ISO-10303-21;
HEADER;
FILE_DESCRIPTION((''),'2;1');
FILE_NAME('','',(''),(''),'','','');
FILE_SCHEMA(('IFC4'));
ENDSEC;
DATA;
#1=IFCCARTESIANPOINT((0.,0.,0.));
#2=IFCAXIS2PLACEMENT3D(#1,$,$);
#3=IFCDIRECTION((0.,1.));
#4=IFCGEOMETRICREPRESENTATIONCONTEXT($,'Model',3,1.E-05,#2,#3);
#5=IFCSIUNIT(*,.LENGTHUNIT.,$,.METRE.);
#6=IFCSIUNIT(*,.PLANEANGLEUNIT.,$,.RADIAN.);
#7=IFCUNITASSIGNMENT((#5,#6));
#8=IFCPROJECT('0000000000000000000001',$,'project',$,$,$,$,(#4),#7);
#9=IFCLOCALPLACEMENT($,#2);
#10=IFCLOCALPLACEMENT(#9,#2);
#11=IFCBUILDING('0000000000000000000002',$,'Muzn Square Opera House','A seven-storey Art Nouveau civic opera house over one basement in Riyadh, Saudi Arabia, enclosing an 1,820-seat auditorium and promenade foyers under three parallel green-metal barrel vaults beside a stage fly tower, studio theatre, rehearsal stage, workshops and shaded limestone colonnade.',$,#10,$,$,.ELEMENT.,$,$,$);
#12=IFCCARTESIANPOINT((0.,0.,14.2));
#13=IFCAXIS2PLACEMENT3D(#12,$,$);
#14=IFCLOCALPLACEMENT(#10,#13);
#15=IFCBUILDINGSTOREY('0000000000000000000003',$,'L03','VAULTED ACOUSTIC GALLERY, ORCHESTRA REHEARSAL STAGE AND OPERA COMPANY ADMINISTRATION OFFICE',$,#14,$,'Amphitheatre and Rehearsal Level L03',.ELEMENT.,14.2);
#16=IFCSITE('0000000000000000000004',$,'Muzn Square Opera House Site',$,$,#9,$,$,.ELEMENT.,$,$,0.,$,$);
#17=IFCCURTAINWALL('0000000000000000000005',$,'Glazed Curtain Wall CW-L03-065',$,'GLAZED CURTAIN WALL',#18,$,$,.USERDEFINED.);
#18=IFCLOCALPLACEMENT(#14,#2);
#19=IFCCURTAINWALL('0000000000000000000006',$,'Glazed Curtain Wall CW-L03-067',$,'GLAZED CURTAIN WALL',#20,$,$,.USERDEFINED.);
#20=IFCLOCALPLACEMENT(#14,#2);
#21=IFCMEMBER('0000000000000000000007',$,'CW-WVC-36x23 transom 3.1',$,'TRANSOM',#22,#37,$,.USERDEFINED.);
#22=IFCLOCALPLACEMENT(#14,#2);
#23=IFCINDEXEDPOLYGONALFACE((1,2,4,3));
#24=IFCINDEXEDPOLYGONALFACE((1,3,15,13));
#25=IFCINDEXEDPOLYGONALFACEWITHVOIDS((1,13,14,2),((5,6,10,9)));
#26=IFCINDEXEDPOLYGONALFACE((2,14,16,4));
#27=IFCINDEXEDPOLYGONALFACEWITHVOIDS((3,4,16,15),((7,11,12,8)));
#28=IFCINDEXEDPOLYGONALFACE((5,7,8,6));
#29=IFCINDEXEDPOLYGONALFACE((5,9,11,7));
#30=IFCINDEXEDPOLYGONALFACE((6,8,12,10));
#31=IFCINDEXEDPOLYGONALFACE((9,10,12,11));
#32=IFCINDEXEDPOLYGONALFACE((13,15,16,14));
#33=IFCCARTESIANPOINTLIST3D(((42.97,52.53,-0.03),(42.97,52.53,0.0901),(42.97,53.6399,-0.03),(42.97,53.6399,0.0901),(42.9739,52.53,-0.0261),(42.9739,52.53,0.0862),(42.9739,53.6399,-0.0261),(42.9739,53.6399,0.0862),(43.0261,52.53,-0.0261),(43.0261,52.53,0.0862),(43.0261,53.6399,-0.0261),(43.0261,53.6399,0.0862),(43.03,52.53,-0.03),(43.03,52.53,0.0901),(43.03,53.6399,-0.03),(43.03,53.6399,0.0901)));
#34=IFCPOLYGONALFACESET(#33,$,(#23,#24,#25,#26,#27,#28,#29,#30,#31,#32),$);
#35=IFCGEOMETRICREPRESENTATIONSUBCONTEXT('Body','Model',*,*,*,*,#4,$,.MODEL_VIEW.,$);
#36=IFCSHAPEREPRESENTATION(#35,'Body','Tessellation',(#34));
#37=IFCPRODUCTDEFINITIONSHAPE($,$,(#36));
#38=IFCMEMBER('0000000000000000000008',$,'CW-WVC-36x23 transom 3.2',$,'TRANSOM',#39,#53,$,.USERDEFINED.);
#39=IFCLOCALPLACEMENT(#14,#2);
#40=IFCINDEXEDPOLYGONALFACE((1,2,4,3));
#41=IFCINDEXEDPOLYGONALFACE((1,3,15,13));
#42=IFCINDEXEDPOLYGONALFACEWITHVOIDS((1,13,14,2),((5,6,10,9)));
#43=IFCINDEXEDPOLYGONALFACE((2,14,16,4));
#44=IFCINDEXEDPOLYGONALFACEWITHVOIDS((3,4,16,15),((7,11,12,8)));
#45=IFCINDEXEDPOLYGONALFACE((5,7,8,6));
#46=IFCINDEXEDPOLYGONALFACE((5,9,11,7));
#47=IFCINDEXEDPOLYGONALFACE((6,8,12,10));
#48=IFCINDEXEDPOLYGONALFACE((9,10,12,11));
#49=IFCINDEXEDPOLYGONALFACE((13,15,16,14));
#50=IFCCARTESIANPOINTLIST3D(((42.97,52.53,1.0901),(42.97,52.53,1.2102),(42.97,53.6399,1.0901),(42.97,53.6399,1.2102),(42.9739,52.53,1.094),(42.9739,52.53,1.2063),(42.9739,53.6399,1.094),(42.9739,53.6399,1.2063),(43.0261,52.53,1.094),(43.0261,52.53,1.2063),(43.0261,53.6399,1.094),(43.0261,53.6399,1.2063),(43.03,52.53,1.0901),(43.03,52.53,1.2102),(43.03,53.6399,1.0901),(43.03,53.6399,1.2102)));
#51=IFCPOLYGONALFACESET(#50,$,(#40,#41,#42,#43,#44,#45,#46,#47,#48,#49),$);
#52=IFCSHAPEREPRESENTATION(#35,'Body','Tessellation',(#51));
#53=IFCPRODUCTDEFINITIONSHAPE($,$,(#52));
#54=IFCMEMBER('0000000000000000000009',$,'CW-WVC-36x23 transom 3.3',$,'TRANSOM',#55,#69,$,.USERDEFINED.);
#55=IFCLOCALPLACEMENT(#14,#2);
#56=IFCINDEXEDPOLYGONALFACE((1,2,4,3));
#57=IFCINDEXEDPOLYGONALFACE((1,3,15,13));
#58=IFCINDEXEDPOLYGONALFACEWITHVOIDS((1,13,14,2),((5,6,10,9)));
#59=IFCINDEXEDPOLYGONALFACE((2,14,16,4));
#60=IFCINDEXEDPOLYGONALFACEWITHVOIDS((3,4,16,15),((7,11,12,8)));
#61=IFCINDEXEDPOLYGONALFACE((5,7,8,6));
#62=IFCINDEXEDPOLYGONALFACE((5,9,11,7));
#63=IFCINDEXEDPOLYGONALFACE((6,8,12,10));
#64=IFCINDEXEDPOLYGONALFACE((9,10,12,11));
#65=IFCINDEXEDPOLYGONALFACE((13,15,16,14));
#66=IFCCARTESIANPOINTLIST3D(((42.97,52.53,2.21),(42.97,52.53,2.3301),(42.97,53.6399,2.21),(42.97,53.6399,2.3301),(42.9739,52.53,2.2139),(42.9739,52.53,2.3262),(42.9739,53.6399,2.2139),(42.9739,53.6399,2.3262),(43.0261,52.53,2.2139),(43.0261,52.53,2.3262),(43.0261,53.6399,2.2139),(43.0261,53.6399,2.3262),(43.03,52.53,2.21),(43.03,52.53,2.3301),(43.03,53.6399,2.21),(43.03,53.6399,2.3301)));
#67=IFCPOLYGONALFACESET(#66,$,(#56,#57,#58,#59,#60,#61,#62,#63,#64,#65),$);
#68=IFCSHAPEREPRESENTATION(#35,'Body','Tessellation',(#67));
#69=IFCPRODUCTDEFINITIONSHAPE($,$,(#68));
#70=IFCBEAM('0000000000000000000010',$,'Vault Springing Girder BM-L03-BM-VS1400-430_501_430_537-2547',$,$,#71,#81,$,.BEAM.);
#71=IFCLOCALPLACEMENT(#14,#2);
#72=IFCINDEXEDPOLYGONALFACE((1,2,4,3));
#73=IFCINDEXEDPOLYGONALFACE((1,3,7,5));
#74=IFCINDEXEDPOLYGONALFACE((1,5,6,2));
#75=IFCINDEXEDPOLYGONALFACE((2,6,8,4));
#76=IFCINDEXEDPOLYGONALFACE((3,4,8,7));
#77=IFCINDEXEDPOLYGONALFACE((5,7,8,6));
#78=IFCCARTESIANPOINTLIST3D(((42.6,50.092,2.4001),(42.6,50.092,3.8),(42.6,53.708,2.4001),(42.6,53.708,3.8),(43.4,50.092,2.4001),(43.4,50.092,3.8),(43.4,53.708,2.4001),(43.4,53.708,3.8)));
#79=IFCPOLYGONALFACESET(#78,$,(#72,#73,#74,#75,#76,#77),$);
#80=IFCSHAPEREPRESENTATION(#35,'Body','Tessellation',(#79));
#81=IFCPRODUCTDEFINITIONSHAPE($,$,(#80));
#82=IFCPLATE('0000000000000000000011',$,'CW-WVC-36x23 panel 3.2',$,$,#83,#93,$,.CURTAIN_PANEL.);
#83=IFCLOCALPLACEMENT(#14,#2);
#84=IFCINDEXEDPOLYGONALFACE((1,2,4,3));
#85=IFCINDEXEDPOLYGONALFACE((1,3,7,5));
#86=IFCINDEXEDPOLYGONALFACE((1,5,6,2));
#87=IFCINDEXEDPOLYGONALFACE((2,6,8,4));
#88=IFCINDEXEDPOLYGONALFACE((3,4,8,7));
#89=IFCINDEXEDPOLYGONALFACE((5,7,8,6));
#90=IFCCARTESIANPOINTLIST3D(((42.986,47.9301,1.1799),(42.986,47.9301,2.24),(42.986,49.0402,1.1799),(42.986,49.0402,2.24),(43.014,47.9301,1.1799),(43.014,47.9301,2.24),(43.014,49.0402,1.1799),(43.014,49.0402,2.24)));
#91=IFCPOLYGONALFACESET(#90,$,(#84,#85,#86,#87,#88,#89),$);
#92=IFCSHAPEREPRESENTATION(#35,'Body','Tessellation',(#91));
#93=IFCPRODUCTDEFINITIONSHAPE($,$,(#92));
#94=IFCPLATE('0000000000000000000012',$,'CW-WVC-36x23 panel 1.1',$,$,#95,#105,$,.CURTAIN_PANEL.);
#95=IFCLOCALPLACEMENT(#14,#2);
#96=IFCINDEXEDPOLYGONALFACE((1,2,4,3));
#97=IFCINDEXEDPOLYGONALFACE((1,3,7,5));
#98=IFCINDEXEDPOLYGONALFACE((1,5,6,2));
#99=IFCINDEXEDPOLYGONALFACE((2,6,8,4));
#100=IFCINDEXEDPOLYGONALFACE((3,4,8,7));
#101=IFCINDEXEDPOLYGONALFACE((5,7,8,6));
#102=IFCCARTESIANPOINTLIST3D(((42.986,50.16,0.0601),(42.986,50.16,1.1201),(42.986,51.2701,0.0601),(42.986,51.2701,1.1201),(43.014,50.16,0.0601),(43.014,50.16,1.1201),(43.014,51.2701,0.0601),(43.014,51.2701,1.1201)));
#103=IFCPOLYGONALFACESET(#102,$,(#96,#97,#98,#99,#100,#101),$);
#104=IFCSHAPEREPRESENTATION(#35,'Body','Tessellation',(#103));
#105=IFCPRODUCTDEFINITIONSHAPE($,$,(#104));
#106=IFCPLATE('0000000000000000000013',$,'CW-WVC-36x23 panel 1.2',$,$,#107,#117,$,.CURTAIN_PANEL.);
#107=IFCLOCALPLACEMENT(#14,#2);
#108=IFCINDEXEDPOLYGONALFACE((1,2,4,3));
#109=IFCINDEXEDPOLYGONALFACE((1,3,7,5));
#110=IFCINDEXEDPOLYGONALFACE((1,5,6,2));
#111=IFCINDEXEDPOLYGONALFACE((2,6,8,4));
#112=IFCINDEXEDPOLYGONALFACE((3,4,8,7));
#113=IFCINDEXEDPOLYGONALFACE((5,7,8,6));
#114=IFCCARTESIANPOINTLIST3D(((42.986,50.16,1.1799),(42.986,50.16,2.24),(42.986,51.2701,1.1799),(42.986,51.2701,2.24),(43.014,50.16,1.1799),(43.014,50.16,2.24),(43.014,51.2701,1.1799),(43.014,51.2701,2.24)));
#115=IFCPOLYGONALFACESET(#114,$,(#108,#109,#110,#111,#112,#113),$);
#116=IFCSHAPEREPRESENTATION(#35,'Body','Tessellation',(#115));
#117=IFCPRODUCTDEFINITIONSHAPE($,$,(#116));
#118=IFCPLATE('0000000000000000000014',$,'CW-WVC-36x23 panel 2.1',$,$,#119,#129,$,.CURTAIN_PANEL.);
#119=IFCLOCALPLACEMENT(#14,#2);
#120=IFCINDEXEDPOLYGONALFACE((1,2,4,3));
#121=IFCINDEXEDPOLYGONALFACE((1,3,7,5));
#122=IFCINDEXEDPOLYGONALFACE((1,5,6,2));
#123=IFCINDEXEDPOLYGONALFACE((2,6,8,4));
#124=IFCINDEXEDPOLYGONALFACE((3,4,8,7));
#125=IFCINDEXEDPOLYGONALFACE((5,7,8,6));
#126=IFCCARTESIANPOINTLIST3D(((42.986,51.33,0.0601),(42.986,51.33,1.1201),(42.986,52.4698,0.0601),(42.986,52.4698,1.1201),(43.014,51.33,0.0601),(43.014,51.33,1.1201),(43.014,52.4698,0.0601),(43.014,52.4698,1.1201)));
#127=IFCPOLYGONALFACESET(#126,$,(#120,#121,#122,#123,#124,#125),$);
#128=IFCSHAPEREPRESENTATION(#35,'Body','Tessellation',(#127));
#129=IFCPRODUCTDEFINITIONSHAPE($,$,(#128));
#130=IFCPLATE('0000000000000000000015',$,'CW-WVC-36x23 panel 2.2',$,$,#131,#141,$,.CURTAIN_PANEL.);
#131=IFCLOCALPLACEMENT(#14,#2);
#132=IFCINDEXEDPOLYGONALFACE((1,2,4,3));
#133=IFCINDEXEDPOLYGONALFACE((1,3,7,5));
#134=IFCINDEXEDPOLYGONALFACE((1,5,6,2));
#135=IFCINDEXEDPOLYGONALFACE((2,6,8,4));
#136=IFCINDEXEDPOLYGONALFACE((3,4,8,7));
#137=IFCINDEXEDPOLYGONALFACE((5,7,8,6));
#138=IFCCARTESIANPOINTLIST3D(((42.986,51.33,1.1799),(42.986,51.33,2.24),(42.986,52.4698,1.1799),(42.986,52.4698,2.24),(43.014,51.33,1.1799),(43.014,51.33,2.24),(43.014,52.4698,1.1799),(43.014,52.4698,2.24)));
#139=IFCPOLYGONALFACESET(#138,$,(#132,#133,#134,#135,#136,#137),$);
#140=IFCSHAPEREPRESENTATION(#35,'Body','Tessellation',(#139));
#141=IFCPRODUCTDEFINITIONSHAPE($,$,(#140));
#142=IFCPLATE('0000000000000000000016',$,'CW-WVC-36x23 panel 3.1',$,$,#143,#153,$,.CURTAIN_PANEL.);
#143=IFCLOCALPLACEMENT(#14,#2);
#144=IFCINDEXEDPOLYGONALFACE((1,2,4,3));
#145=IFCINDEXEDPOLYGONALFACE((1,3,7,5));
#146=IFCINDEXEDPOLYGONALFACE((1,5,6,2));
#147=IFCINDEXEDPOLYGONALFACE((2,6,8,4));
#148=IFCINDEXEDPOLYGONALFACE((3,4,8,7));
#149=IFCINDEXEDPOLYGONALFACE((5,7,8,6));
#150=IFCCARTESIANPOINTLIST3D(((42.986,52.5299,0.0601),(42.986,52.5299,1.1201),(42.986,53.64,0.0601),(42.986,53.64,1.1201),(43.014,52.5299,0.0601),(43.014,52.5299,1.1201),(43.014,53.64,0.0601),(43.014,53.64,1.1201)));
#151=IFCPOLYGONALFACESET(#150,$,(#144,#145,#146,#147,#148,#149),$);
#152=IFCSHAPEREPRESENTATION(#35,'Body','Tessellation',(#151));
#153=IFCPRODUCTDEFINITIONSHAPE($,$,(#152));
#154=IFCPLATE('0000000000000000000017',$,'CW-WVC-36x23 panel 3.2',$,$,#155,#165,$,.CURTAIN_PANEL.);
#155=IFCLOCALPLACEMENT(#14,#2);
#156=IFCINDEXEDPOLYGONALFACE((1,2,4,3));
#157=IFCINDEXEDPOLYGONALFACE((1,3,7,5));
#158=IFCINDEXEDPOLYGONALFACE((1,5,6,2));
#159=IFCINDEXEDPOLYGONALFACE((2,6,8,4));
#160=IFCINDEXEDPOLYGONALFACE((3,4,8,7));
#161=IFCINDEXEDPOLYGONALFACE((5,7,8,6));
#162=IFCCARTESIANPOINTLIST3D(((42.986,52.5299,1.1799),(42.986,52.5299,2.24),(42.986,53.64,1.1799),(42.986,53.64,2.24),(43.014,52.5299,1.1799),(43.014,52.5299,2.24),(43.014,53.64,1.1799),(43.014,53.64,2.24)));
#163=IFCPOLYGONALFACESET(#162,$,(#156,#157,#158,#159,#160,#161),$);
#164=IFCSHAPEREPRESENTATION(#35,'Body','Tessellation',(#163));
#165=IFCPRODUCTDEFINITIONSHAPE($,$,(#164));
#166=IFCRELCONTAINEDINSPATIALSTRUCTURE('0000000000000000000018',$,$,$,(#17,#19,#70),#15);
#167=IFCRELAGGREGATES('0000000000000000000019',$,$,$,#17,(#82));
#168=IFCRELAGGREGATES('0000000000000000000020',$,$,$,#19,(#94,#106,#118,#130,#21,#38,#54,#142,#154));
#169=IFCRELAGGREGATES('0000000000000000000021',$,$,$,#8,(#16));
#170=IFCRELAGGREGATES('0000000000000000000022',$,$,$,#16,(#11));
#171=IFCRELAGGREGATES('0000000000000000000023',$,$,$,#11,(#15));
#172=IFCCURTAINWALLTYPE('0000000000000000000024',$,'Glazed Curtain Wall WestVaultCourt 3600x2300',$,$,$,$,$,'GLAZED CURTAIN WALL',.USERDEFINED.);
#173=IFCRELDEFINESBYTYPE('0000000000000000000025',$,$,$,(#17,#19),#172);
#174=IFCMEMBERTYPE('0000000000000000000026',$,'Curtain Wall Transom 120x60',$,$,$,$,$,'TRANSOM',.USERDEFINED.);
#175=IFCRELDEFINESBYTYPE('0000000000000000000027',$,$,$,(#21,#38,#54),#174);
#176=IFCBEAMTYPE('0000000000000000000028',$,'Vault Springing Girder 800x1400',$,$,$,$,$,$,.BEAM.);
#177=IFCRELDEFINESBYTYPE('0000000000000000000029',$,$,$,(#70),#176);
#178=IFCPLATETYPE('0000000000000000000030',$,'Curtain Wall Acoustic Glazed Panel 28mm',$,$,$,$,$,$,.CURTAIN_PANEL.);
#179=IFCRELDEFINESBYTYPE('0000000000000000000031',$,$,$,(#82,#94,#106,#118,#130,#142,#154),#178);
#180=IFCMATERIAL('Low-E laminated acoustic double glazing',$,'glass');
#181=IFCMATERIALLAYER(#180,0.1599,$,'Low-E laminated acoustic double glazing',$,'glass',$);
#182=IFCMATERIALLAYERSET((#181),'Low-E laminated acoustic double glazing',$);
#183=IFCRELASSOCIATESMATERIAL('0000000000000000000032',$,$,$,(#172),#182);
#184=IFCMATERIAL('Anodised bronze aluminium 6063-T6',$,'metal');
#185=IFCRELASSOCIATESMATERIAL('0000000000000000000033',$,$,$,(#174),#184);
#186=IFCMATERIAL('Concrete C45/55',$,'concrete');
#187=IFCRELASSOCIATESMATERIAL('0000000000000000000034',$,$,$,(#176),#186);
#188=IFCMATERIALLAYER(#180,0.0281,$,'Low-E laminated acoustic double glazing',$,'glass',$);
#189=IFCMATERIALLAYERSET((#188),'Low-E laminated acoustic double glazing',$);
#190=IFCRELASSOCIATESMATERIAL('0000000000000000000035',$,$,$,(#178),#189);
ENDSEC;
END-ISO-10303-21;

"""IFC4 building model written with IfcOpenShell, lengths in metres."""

from ifc_helpers import new_model, si_unit, direction, frame, origin, origin_2d, place, context, subcontext, project, spatial, rectangle, hollow_rectangle, extrude, material, layer, layer_set, material_profile, profile_set, type_object, element, aggregate, save


model = new_model("IFC4")

# Units and contexts
model_context = context("Model", 3, precision=1e-05, world=origin(), true_north=direction((0.0, 1.0)))
body_context = subcontext(model_context, "Body", "Model", "MODEL_VIEW")
ifc_project = project(units=[si_unit("LENGTHUNIT", "METRE"), si_unit("PLANEANGLEUNIT", "RADIAN")], contexts=[model_context])

# Site, building, storey
site_placement = place(None, origin())
site = spatial("IfcSite", under=ifc_project, at=site_placement, Name="Muzn Square Opera House Site", CompositionType="ELEMENT", RefElevation=0.0)
building_placement = place(site_placement, origin())
building = spatial("IfcBuilding", under=site, at=building_placement, Name="Muzn Square Opera House", Description="A seven-storey Art Nouveau civic opera house over one basement in Riyadh, Saudi Arabia, enclosing an 1,820-seat auditorium and promenade foyers under three parallel green-metal barrel vaults beside a stage fly tower, studio theatre, rehearsal stage, workshops and shaded limestone colonnade.", CompositionType="ELEMENT")
storey_placement = place(building_placement, frame((0.0, 0.0, 14.2)))
storey = spatial("IfcBuildingStorey", under=building, at=storey_placement, Name="L03", Description="VAULTED ACOUSTIC GALLERY, ORCHESTRA REHEARSAL STAGE AND OPERA COMPANY ADMINISTRATION OFFICE", LongName="Amphitheatre and Rehearsal Level L03", CompositionType="ELEMENT", Elevation=14.2)

# Shared definitions
ifc_material_1 = material(Name="Concrete C45/55", Category="concrete")

# Curtain wall
ifc_material_2 = material(Name="Low-E laminated acoustic double glazing", Category="glass")
ifc_layer_1 = layer(ifc_material_2, 0.1599, Name="Low-E laminated acoustic double glazing", Category="glass")
ifc_layer_set_1 = layer_set([ifc_layer_1], Name="Low-E laminated acoustic double glazing")
curtain_wall_type = type_object("IfcCurtainWallType", Name="Glazed Curtain Wall WestVaultCourt 3600x2300", ElementType="GLAZED CURTAIN WALL", PredefinedType="USERDEFINED", material=ifc_layer_set_1)
curtain_wall_1_placement = place(storey_placement, origin())
curtain_wall_1 = element("IfcCurtainWall", 1, at=curtain_wall_1_placement, inside=storey, type_object=curtain_wall_type, Name="Glazed Curtain Wall CW-L03-065", ObjectType="GLAZED CURTAIN WALL", PredefinedType="USERDEFINED")
ifc_material_3 = material(Name="Anodised bronze aluminium 6063-T6", Category="metal")

# Curtain wall, members
curtain_wall_2_placement = place(storey_placement, origin())
curtain_wall_2 = element("IfcCurtainWall", 2, at=curtain_wall_2_placement, inside=storey, type_object=curtain_wall_type, Name="Glazed Curtain Wall CW-L03-067", ObjectType="GLAZED CURTAIN WALL", PredefinedType="USERDEFINED")
ifc_material_profile_1 = material_profile(ifc_material_3, hollow_rectangle(XDim=0.0601, YDim=0.1201, WallThickness=0.0039, at=origin_2d()), Name="ALU 120x60x4", Category="metal")
ifc_profile_set_1 = profile_set([ifc_material_profile_1], Name="Anodised bronze aluminium 6063-T6")
member_type_1 = type_object("IfcMemberType", Name="Curtain Wall Transom 120x60", ElementType="TRANSOM", PredefinedType="USERDEFINED", material=ifc_profile_set_1)
member_1_placement = place(storey_placement, frame((43.0, 52.53, 0.03), z_axis=(0.0, 1.0, 0.0), x_axis=(-1.0, 0.0, 0.0)))
member_1 = element("IfcMember", 3, at=member_1_placement, type_object=member_type_1, Name="CW-WVC-36x23 transom 3.1", ObjectType="TRANSOM", PredefinedType="USERDEFINED", context=body_context, shape_type="SweptSolid", body=[
    extrude(hollow_rectangle(XDim=0.0601, YDim=0.1201, WallThickness=0.0039, at=origin_2d()), origin(), (0.0, 0.0, 1.0), 1.1099),
])
member_2_placement = place(storey_placement, frame((43.0, 52.53, 1.1501), z_axis=(0.0, 1.0, 0.0), x_axis=(-1.0, 0.0, 0.0)))
member_2 = element("IfcMember", 4, at=member_2_placement, type_object=member_type_1, Name="CW-WVC-36x23 transom 3.2", ObjectType="TRANSOM", PredefinedType="USERDEFINED", context=body_context, shape_type="SweptSolid", body=[
    extrude(hollow_rectangle(XDim=0.0601, YDim=0.1201, WallThickness=0.0039, at=origin_2d()), origin(), (0.0, 0.0, 1.0), 1.1099),
])
member_3_placement = place(storey_placement, frame((43.0, 52.53, 2.27), z_axis=(0.0, 1.0, 0.0), x_axis=(-1.0, 0.0, 0.0)))
member_3 = element("IfcMember", 5, at=member_3_placement, type_object=member_type_1, Name="CW-WVC-36x23 transom 3.3", ObjectType="TRANSOM", PredefinedType="USERDEFINED", context=body_context, shape_type="SweptSolid", body=[
    extrude(hollow_rectangle(XDim=0.0601, YDim=0.1201, WallThickness=0.0039, at=origin_2d()), origin(), (0.0, 0.0, 1.0), 1.1099),
])

# Beam
ifc_material_profile_2 = material_profile(ifc_material_1, rectangle(XDim=0.8, YDim=1.3999, at=origin_2d()), Name="RCB 800x1400", Category="concrete")
ifc_profile_set_2 = profile_set([ifc_material_profile_2], Name="Concrete C45/55")
beam_type = type_object("IfcBeamType", Name="Vault Springing Girder 800x1400", PredefinedType="BEAM", material=ifc_profile_set_2)
beam_placement = place(storey_placement, frame((43.0, 50.092, 3.1001), z_axis=(0.0, 1.0, 0.0), x_axis=(-1.0, 0.0, 0.0)))
element("IfcBeam", 6, at=beam_placement, inside=storey, type_object=beam_type, Name="Vault Springing Girder BM-L03-BM-VS1400-430_501_430_537-2547", PredefinedType="BEAM", context=body_context, shape_type="SweptSolid", body=[
    extrude(rectangle(XDim=0.8, YDim=1.3999, at=origin_2d()), origin(), (0.0, 0.0, 1.0), 3.616),
])

# Plates
ifc_layer_2 = layer(ifc_material_2, 0.0281, Name="Low-E laminated acoustic double glazing", Category="glass")
ifc_layer_set_2 = layer_set([ifc_layer_2], Name="Low-E laminated acoustic double glazing")
plate_type = type_object("IfcPlateType", Name="Curtain Wall Acoustic Glazed Panel 28mm", PredefinedType="CURTAIN_PANEL", material=ifc_layer_set_2)
plate_1_placement = place(storey_placement, frame((43.0, 48.4851, 1.1799), z_axis=(0.0, 0.0, 1.0), x_axis=(0.0, 1.0, 0.0)))
plate_1 = element("IfcPlate", 7, at=plate_1_placement, type_object=plate_type, Name="CW-WVC-36x23 panel 3.2", PredefinedType="CURTAIN_PANEL", context=body_context, shape_type="SweptSolid", body=[
    extrude(rectangle(XDim=1.1101, YDim=0.0281, at=origin_2d()), origin(), (0.0, 0.0, 1.0), 1.0601),
])
aggregate(curtain_wall_1, [plate_1])
plate_2_placement = place(storey_placement, frame((43.0, 50.7151, 0.0601), z_axis=(0.0, 0.0, 1.0), x_axis=(0.0, 1.0, 0.0)))
plate_2 = element("IfcPlate", 8, at=plate_2_placement, type_object=plate_type, Name="CW-WVC-36x23 panel 1.1", PredefinedType="CURTAIN_PANEL", context=body_context, shape_type="SweptSolid", body=[
    extrude(rectangle(XDim=1.1101, YDim=0.0281, at=origin_2d()), origin(), (0.0, 0.0, 1.0), 1.0601),
])
plate_3_placement = place(storey_placement, frame((43.0, 50.7151, 1.1799), z_axis=(0.0, 0.0, 1.0), x_axis=(0.0, 1.0, 0.0)))
plate_3 = element("IfcPlate", 9, at=plate_3_placement, type_object=plate_type, Name="CW-WVC-36x23 panel 1.2", PredefinedType="CURTAIN_PANEL", context=body_context, shape_type="SweptSolid", body=[
    extrude(rectangle(XDim=1.1101, YDim=0.0281, at=origin_2d()), origin(), (0.0, 0.0, 1.0), 1.0601),
])
plate_4_placement = place(storey_placement, frame((43.0, 51.8999, 0.0601), z_axis=(0.0, 0.0, 1.0), x_axis=(0.0, 1.0, 0.0)))
plate_4 = element("IfcPlate", 10, at=plate_4_placement, type_object=plate_type, Name="CW-WVC-36x23 panel 2.1", PredefinedType="CURTAIN_PANEL", context=body_context, shape_type="SweptSolid", body=[
    extrude(rectangle(XDim=1.1399, YDim=0.0281, at=origin_2d()), origin(), (0.0, 0.0, 1.0), 1.0601),
])
plate_5_placement = place(storey_placement, frame((43.0, 51.8999, 1.1799), z_axis=(0.0, 0.0, 1.0), x_axis=(0.0, 1.0, 0.0)))
plate_5 = element("IfcPlate", 11, at=plate_5_placement, type_object=plate_type, Name="CW-WVC-36x23 panel 2.2", PredefinedType="CURTAIN_PANEL", context=body_context, shape_type="SweptSolid", body=[
    extrude(rectangle(XDim=1.1399, YDim=0.0281, at=origin_2d()), origin(), (0.0, 0.0, 1.0), 1.0601),
])
plate_6_placement = place(storey_placement, frame((43.0, 53.085, 0.0601), z_axis=(0.0, 0.0, 1.0), x_axis=(0.0, 1.0, 0.0)))
plate_6 = element("IfcPlate", 12, at=plate_6_placement, type_object=plate_type, Name="CW-WVC-36x23 panel 3.1", PredefinedType="CURTAIN_PANEL", context=body_context, shape_type="SweptSolid", body=[
    extrude(rectangle(XDim=1.1101, YDim=0.0281, at=origin_2d()), origin(), (0.0, 0.0, 1.0), 1.0601),
])
plate_7_placement = place(storey_placement, frame((43.0, 53.085, 1.1799), z_axis=(0.0, 0.0, 1.0), x_axis=(0.0, 1.0, 0.0)))
plate_7 = element("IfcPlate", 13, at=plate_7_placement, type_object=plate_type, Name="CW-WVC-36x23 panel 3.2", PredefinedType="CURTAIN_PANEL", context=body_context, shape_type="SweptSolid", body=[
    extrude(rectangle(XDim=1.1101, YDim=0.0281, at=origin_2d()), origin(), (0.0, 0.0, 1.0), 1.0601),
])
aggregate(curtain_wall_2, [plate_2, plate_3, plate_4, plate_5, member_1, member_2, member_3, plate_6, plate_7])

save(model, "model.ifc")
